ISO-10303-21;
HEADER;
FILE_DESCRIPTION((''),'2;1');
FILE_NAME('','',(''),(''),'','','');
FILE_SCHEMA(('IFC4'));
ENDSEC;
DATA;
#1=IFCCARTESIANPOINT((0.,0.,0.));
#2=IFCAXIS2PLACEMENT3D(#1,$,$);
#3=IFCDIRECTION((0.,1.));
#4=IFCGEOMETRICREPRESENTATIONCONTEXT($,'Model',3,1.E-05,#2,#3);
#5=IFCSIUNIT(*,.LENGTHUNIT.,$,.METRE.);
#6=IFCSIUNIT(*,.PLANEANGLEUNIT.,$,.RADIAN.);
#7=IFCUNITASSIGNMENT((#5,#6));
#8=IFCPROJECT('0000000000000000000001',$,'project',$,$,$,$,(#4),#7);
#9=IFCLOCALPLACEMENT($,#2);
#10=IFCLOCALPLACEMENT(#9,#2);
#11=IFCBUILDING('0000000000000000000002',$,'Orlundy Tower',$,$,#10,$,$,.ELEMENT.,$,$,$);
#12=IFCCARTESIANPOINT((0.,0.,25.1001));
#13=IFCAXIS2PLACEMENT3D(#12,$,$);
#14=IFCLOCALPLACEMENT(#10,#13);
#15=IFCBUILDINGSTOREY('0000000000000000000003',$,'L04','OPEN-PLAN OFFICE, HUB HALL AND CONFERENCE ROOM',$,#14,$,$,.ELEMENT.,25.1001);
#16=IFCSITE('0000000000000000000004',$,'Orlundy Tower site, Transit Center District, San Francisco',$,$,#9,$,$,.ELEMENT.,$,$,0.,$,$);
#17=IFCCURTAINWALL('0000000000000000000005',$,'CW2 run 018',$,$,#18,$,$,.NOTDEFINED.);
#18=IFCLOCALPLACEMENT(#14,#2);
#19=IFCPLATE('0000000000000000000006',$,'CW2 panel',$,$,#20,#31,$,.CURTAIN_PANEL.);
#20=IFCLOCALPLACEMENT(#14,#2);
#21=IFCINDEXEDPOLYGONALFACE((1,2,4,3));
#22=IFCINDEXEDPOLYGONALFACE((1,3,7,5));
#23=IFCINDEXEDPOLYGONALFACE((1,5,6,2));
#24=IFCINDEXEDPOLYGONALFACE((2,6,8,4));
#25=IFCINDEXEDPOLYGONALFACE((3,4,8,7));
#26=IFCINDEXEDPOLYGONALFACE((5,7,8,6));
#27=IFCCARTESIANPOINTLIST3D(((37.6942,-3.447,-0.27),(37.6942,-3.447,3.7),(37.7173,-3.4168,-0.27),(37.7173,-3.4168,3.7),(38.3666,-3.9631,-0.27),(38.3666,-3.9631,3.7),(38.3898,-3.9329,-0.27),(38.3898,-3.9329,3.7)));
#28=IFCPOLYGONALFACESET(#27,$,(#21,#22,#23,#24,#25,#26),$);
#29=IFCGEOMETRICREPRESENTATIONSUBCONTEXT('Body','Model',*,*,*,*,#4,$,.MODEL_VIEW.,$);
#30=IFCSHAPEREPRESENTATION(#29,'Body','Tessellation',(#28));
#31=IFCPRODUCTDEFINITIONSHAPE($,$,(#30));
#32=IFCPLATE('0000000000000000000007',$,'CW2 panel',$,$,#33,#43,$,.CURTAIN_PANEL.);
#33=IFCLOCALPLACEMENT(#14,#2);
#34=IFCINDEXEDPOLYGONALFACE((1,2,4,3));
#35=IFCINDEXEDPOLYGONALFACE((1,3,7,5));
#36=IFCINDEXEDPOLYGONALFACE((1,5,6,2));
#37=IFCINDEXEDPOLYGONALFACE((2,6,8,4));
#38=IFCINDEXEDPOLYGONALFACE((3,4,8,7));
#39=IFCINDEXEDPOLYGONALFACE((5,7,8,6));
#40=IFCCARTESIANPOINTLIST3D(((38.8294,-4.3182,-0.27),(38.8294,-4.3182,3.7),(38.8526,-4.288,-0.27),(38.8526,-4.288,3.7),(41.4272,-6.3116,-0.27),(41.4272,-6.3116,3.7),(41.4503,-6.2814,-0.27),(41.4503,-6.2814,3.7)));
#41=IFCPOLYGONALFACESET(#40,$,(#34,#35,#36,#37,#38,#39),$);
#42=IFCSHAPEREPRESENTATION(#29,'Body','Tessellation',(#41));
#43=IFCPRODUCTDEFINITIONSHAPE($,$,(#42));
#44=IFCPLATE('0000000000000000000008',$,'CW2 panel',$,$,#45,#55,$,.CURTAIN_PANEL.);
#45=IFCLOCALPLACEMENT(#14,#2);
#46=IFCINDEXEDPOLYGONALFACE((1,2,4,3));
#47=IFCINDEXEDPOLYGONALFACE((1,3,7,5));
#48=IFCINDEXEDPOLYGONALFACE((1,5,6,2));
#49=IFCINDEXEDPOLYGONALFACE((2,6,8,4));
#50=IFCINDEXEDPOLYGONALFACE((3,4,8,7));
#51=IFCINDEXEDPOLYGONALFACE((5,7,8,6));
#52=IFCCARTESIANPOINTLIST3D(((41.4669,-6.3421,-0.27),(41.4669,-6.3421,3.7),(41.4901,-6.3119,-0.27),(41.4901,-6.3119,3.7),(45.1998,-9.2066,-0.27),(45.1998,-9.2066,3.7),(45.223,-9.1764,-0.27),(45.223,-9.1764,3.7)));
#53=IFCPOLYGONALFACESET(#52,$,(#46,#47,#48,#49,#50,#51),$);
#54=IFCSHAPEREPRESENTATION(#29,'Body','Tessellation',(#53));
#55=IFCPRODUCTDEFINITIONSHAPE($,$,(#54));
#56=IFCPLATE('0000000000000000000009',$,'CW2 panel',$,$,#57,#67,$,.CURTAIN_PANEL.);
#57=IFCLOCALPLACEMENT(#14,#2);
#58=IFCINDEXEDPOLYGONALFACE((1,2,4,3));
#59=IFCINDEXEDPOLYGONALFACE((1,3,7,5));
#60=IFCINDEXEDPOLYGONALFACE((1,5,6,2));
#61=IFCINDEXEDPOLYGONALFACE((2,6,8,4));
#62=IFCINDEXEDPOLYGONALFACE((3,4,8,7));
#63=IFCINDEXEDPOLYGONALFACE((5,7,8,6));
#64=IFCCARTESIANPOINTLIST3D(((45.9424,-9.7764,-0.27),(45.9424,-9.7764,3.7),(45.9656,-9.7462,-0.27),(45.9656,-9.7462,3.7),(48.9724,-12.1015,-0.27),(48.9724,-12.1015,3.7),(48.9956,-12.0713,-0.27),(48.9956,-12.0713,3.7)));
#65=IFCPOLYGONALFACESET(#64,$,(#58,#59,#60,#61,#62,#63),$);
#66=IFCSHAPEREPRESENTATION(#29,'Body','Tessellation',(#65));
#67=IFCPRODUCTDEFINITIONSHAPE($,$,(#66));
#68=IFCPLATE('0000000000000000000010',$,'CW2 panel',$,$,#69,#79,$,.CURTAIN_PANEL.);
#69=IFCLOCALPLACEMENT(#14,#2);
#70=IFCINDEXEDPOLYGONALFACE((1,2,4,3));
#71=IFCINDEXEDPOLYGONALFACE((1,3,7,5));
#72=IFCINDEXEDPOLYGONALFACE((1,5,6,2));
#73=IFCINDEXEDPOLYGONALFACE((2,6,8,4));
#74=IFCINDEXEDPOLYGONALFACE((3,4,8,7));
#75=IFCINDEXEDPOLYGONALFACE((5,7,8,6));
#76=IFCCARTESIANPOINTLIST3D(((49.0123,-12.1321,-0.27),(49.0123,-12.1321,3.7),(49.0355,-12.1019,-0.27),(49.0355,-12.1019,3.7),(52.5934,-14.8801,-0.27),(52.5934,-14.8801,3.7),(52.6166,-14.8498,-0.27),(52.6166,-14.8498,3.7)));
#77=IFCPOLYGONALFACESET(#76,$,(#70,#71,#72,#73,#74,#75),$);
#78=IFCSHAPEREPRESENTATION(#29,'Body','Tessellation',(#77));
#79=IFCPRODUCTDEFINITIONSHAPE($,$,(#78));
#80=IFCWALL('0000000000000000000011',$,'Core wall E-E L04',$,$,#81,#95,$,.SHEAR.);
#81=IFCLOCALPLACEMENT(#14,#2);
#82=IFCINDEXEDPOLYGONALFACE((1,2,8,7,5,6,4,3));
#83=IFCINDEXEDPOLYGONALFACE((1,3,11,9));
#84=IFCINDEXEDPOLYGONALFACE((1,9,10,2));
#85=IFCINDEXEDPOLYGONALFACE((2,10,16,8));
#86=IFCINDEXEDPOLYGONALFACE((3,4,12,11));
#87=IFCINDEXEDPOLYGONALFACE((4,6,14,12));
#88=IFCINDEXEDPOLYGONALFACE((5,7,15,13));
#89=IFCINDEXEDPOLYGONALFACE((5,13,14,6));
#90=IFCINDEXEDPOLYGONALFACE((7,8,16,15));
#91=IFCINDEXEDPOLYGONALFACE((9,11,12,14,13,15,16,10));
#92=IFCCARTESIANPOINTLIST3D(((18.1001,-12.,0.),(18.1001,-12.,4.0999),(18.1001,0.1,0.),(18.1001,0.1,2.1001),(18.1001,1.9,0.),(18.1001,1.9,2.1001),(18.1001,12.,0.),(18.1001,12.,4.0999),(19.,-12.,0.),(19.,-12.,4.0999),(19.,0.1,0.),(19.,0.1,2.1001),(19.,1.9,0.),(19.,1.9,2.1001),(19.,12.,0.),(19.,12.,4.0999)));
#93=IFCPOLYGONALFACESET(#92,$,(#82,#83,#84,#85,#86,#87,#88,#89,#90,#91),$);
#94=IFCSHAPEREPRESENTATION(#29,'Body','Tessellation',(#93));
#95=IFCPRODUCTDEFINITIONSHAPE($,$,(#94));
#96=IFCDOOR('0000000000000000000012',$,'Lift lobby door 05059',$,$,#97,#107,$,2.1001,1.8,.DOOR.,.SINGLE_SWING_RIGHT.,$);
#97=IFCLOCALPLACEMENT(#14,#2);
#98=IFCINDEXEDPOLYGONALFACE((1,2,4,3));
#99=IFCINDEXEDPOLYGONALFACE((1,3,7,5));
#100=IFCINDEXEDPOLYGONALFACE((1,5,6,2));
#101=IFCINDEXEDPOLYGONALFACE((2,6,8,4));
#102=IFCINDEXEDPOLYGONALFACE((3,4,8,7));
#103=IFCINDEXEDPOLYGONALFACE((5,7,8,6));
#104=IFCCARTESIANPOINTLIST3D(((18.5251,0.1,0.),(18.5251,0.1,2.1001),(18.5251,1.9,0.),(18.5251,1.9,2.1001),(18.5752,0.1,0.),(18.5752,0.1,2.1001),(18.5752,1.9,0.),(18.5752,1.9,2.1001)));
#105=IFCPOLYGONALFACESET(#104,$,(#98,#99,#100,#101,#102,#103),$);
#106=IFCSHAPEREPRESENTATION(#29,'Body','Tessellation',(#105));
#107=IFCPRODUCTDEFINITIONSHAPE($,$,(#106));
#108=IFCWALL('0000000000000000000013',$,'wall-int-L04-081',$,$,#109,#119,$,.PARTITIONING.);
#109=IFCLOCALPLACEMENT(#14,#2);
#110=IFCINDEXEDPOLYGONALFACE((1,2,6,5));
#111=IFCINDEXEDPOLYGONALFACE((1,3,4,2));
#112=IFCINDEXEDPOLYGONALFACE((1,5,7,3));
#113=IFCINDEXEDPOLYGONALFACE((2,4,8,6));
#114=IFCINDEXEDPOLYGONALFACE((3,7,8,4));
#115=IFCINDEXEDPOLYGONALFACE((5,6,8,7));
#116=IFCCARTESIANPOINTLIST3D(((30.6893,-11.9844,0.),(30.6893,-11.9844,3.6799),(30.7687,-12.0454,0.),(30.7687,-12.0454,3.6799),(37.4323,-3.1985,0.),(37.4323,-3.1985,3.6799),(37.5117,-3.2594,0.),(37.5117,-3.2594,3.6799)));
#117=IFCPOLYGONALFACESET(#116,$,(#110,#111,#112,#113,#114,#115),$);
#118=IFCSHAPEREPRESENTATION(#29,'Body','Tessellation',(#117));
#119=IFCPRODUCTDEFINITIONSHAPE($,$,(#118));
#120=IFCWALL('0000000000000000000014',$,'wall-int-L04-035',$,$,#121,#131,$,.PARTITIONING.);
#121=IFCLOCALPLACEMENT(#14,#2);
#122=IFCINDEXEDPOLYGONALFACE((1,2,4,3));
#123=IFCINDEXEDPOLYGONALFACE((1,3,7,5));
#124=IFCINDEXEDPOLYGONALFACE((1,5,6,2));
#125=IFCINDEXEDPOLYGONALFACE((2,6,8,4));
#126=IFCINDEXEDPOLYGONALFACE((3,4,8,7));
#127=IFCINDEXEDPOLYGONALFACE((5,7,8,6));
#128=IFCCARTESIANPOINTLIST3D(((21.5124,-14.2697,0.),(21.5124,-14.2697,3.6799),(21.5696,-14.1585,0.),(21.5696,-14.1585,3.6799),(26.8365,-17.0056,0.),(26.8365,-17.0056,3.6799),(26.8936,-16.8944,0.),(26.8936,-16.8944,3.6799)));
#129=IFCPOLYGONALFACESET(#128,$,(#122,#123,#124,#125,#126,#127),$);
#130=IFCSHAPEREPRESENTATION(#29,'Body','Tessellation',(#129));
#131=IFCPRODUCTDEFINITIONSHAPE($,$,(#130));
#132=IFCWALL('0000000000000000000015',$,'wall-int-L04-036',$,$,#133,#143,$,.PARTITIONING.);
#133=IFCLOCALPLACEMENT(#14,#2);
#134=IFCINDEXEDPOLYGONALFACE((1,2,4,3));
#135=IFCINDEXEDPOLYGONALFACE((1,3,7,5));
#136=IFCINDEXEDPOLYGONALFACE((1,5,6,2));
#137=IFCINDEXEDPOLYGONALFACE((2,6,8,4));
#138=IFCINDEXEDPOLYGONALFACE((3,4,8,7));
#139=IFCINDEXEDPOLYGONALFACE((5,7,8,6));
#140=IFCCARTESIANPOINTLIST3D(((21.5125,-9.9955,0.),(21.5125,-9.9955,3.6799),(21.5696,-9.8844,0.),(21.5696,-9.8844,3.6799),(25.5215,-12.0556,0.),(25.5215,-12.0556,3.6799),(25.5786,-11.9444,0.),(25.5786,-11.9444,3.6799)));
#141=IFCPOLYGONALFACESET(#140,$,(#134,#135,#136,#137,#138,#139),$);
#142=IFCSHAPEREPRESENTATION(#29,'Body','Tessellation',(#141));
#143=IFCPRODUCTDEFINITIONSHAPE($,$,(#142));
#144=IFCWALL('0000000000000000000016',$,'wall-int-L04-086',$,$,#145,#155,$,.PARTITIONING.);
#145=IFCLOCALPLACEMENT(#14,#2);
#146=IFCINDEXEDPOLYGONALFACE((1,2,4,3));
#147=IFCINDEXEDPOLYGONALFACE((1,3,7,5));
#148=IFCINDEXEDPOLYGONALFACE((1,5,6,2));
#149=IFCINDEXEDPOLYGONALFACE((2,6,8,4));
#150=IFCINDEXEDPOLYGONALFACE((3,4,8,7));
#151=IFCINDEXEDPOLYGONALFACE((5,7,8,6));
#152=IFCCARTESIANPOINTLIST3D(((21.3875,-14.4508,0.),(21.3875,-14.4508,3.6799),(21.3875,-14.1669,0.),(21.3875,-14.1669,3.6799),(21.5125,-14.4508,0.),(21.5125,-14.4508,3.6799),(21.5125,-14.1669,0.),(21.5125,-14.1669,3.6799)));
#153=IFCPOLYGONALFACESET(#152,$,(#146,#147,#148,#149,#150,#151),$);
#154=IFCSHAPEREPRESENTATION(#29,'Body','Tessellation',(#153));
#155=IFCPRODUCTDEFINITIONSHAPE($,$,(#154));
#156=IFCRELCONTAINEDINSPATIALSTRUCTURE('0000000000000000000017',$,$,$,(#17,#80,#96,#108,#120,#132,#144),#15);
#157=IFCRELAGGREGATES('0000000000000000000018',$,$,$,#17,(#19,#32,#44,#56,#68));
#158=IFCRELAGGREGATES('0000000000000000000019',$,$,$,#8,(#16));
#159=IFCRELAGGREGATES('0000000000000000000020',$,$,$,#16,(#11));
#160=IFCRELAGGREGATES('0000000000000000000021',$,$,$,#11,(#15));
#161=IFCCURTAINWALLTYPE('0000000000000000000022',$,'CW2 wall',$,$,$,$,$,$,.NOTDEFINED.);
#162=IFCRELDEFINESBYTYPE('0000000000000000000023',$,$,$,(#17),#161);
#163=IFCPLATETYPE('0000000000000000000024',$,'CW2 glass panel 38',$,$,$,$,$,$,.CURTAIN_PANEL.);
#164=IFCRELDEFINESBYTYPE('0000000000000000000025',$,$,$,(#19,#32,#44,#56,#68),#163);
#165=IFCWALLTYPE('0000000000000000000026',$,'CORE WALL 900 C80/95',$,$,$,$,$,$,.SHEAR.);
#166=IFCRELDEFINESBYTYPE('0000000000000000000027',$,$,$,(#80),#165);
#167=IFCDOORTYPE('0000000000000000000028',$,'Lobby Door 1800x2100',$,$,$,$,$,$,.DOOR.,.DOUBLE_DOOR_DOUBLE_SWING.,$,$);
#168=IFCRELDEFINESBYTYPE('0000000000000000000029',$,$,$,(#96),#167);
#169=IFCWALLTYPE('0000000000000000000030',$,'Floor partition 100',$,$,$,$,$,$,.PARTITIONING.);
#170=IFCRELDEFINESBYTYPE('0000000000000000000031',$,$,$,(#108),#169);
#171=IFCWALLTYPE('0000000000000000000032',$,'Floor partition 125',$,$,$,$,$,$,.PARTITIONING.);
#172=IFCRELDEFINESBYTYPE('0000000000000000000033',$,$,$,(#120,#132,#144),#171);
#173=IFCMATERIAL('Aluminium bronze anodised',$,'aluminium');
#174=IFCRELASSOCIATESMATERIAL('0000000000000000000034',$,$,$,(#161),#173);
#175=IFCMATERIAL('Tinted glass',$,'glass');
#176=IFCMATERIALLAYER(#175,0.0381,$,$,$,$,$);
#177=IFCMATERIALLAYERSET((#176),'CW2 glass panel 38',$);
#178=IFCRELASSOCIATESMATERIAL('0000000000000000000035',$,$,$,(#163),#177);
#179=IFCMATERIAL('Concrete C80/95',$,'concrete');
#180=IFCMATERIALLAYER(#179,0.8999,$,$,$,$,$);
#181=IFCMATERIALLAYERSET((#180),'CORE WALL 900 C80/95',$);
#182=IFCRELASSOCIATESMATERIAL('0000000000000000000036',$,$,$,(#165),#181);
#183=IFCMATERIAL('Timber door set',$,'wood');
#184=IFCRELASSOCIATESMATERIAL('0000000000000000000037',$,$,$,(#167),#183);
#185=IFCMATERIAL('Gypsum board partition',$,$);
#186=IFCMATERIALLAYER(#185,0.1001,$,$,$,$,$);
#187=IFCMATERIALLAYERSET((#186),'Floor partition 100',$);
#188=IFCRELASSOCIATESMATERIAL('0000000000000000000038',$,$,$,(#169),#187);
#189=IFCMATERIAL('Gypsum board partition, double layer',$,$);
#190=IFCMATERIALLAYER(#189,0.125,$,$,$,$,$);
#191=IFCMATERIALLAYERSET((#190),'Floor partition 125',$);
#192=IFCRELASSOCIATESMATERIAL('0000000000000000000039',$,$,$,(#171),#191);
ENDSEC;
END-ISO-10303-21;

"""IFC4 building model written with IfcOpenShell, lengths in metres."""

from ifc_helpers import new_model, si_unit, direction, frame, frame_2d, origin, origin_2d, place, context, subcontext, project, spatial, rectangle, extrude, material, layer, layer_set, type_object, element, fill, aggregate, save


model = new_model("IFC4")

# Units and contexts
model_context = context("Model", 3, precision=1e-05, world=origin(), true_north=direction((0.0, 1.0)))
body_context = subcontext(model_context, "Body", "Model", "MODEL_VIEW")
ifc_project = project(units=[si_unit("LENGTHUNIT", "METRE"), si_unit("PLANEANGLEUNIT", "RADIAN")], contexts=[model_context])

# Site, building, storey
site_placement = place(None, origin())
site = spatial("IfcSite", under=ifc_project, at=site_placement, Name="Orlundy Tower site, Transit Center District, San Francisco", CompositionType="ELEMENT", RefElevation=0.0)
building_placement = place(site_placement, origin())
building = spatial("IfcBuilding", under=site, at=building_placement, Name="Orlundy Tower", CompositionType="ELEMENT")
storey_placement = place(building_placement, frame((0.0, 0.0, 25.1001)))
storey = spatial("IfcBuildingStorey", under=building, at=storey_placement, Name="L04", Description="OPEN-PLAN OFFICE, HUB HALL AND CONFERENCE ROOM", CompositionType="ELEMENT", Elevation=25.1001)

# Curtain wall, plates
ifc_material_1 = material(Name="Aluminium bronze anodised", Category="aluminium")
curtain_wall_type = type_object("IfcCurtainWallType", Name="CW2 wall", PredefinedType="NOTDEFINED", material=ifc_material_1)
curtain_wall_placement = place(storey_placement, origin())
curtain_wall = element("IfcCurtainWall", 1, at=curtain_wall_placement, inside=storey, type_object=curtain_wall_type, Name="CW2 run 018", PredefinedType="NOTDEFINED")
ifc_material_2 = material(Name="Tinted glass", Category="glass")
ifc_layer_1 = layer(ifc_material_2, 0.0381)
ifc_layer_set_1 = layer_set([ifc_layer_1], Name="CW2 glass panel 38")
plate_type = type_object("IfcPlateType", Name="CW2 glass panel 38", PredefinedType="CURTAIN_PANEL", material=ifc_layer_set_1)
plate_1_placement = place(storey_placement, frame((38.042, -3.6899, -0.27), z_axis=(0.0, 0.0, 1.0), x_axis=(0.79334, -0.608779, 0.0)))
plate_1 = element("IfcPlate", 2, at=plate_1_placement, type_object=plate_type, Name="CW2 panel", PredefinedType="CURTAIN_PANEL", context=body_context, shape_type="SweptSolid", body=[
    extrude(rectangle(XDim=0.8477, YDim=0.0381, at=origin_2d()), origin(), (0.0, 0.0, 1.0), 3.97),
])
plate_2_placement = place(storey_placement, frame((40.1399, -5.2998, -0.27), z_axis=(0.0, 0.0, 1.0), x_axis=(0.79334, -0.608779, 0.0)))
plate_2 = element("IfcPlate", 3, at=plate_2_placement, type_object=plate_type, Name="CW2 panel", PredefinedType="CURTAIN_PANEL", context=body_context, shape_type="SweptSolid", body=[
    extrude(rectangle(XDim=3.2744, YDim=0.0381, at=origin_2d()), origin(), (0.0, 0.0, 1.0), 3.97),
])
plate_3_placement = place(storey_placement, frame((43.345, -7.7593, -0.27), z_axis=(0.0, 0.0, 1.0), x_axis=(0.79334, -0.608779, 0.0)))
plate_3 = element("IfcPlate", 4, at=plate_3_placement, type_object=plate_type, Name="CW2 panel", PredefinedType="CURTAIN_PANEL", context=body_context, shape_type="SweptSolid", body=[
    extrude(rectangle(XDim=4.7053, YDim=0.0381, at=origin_2d()), origin(), (0.0, 0.0, 1.0), 3.97),
])
plate_4_placement = place(storey_placement, frame((47.469, -10.9238, -0.27), z_axis=(0.0, 0.0, 1.0), x_axis=(0.79334, -0.608779, 0.0)))
plate_4 = element("IfcPlate", 5, at=plate_4_placement, type_object=plate_type, Name="CW2 panel", PredefinedType="CURTAIN_PANEL", context=body_context, shape_type="SweptSolid", body=[
    extrude(rectangle(XDim=3.8193, YDim=0.0381, at=origin_2d()), origin(), (0.0, 0.0, 1.0), 3.97),
])
plate_5_placement = place(storey_placement, frame((50.8145, -13.491, -0.27), z_axis=(0.0, 0.0, 1.0), x_axis=(0.79334, -0.608779, 0.0)))
plate_5 = element("IfcPlate", 6, at=plate_5_placement, type_object=plate_type, Name="CW2 panel", PredefinedType="CURTAIN_PANEL", context=body_context, shape_type="SweptSolid", body=[
    extrude(rectangle(XDim=4.5139, YDim=0.0381, at=origin_2d()), origin(), (0.0, 0.0, 1.0), 3.97),
])
aggregate(curtain_wall, [plate_1, plate_2, plate_3, plate_4, plate_5])

# Wall, opening, door
ifc_material_3 = material(Name="Concrete C80/95", Category="concrete")
ifc_layer_2 = layer(ifc_material_3, 0.8999)
ifc_layer_set_2 = layer_set([ifc_layer_2], Name="CORE WALL 900 C80/95")
wall_type_1 = type_object("IfcWallType", Name="CORE WALL 900 C80/95", PredefinedType="SHEAR", material=ifc_layer_set_2)
wall_1_placement = place(storey_placement, frame((18.55, -12.0, 0.0), z_axis=(0.0, 0.0, 1.0), x_axis=(0.0, 1.0, 0.0)))
wall_1 = element("IfcWall", 7, at=wall_1_placement, inside=storey, type_object=wall_type_1, Name="Core wall E-E L04", PredefinedType="SHEAR", context=body_context, shape_type="SweptSolid", body=[
    extrude(rectangle(XDim=24.0, YDim=0.8999, at=frame_2d((12.0, 0.0))), origin(), (0.0, 0.0, 1.0), 4.0999),
])
opening_1_placement = place(wall_1_placement, frame((12.1001, 0.0, 0.0)))
opening_1 = element("IfcOpeningElement", 8, at=opening_1_placement, cuts=wall_1, PredefinedType="OPENING", context=body_context, shape_type="SweptSolid", body=[
    extrude(rectangle(XDim=1.8, YDim=2.1001, at=frame_2d((0.8999, 1.05))), frame((0.0, 0.46, 0.0), z_axis=(0.0, -1.0, 0.0), x_axis=(1.0, 0.0, 0.0)), (0.0, 0.0, 1.0), 0.9199),
])
ifc_material_4 = material(Name="Timber door set", Category="wood")
door_type_1 = type_object("IfcDoorType", Name="Lobby Door 1800x2100", OperationType="DOUBLE_DOOR_DOUBLE_SWING", PredefinedType="DOOR", material=ifc_material_4)
door_1_placement = place(opening_1_placement, origin())
door_1 = element("IfcDoor", 9, at=door_1_placement, inside=storey, type_object=door_type_1, Name="Lift lobby door 05059", OperationType="SINGLE_SWING_RIGHT", OverallHeight=2.1001, OverallWidth=1.8, PredefinedType="DOOR", context=body_context, shape_type="SweptSolid", body=[
    extrude(rectangle(XDim=1.8, YDim=2.1001, at=frame_2d((0.8999, 1.05))), frame((0.0, 0.0249, 0.0), z_axis=(0.0, -1.0, 0.0), x_axis=(1.0, 0.0, 0.0)), (0.0, 0.0, 1.0), 0.05),
])
fill(opening_1, door_1)

# Walls
ifc_material_5 = material(Name="Gypsum board partition")
ifc_layer_3 = layer(ifc_material_5, 0.1001)
ifc_layer_set_3 = layer_set([ifc_layer_3], Name="Floor partition 100")
wall_type_2 = type_object("IfcWallType", Name="Floor partition 100", PredefinedType="PARTITIONING", material=ifc_layer_set_3)
wall_2_placement = place(storey_placement, frame((30.729, -12.0149, 0.0), z_axis=(0.0, 0.0, 1.0), x_axis=(0.608834, 0.793298, 0.0)))
element("IfcWall", 10, at=wall_2_placement, inside=storey, type_object=wall_type_2, Name="wall-int-L04-081", PredefinedType="PARTITIONING", context=body_context, shape_type="SweptSolid", body=[
    extrude(rectangle(XDim=11.0752, YDim=0.1001, at=frame_2d((5.5376, 0.0))), origin(), (0.0, 0.0, 1.0), 3.6799),
])
ifc_material_6 = material(Name="Gypsum board partition, double layer")
ifc_layer_4 = layer(ifc_material_6, 0.125)
ifc_layer_set_4 = layer_set([ifc_layer_4], Name="Floor partition 125")
wall_type_3 = type_object("IfcWallType", Name="Floor partition 125", PredefinedType="PARTITIONING", material=ifc_layer_set_4)
wall_3_placement = place(storey_placement, frame((21.541, -14.2141, 0.0), z_axis=(0.0, 0.0, 1.0), x_axis=(0.889438, -0.457057, 0.0)))
element("IfcWall", 11, at=wall_3_placement, inside=storey, type_object=wall_type_3, Name="wall-int-L04-035", PredefinedType="PARTITIONING", context=body_context, shape_type="SweptSolid", body=[
    extrude(rectangle(XDim=5.9858, YDim=0.125, at=frame_2d((2.9929, 0.0))), origin(), (0.0, 0.0, 1.0), 3.6799),
])
wall_4_placement = place(storey_placement, frame((21.541, -9.9399, 0.0), z_axis=(0.0, 0.0, 1.0), x_axis=(0.889444, -0.457044, 0.0)))
element("IfcWall", 12, at=wall_4_placement, inside=storey, type_object=wall_type_3, Name="wall-int-L04-036", PredefinedType="PARTITIONING", context=body_context, shape_type="SweptSolid", body=[
    extrude(rectangle(XDim=4.5073, YDim=0.125, at=frame_2d((2.2537, 0.0))), origin(), (0.0, 0.0, 1.0), 3.6799),
])
wall_5_placement = place(storey_placement, frame((21.45, -14.4509, 0.0), z_axis=(0.0, 0.0, 1.0), x_axis=(0.0, 1.0, 0.0)))
element("IfcWall", 13, at=wall_5_placement, inside=storey, type_object=wall_type_3, Name="wall-int-L04-086", PredefinedType="PARTITIONING", context=body_context, shape_type="SweptSolid", body=[
    extrude(rectangle(XDim=0.2839, YDim=0.125, at=frame_2d((0.1421, 0.0))), origin(), (0.0, 0.0, 1.0), 3.6799),
])

save(model, "model.ifc")
